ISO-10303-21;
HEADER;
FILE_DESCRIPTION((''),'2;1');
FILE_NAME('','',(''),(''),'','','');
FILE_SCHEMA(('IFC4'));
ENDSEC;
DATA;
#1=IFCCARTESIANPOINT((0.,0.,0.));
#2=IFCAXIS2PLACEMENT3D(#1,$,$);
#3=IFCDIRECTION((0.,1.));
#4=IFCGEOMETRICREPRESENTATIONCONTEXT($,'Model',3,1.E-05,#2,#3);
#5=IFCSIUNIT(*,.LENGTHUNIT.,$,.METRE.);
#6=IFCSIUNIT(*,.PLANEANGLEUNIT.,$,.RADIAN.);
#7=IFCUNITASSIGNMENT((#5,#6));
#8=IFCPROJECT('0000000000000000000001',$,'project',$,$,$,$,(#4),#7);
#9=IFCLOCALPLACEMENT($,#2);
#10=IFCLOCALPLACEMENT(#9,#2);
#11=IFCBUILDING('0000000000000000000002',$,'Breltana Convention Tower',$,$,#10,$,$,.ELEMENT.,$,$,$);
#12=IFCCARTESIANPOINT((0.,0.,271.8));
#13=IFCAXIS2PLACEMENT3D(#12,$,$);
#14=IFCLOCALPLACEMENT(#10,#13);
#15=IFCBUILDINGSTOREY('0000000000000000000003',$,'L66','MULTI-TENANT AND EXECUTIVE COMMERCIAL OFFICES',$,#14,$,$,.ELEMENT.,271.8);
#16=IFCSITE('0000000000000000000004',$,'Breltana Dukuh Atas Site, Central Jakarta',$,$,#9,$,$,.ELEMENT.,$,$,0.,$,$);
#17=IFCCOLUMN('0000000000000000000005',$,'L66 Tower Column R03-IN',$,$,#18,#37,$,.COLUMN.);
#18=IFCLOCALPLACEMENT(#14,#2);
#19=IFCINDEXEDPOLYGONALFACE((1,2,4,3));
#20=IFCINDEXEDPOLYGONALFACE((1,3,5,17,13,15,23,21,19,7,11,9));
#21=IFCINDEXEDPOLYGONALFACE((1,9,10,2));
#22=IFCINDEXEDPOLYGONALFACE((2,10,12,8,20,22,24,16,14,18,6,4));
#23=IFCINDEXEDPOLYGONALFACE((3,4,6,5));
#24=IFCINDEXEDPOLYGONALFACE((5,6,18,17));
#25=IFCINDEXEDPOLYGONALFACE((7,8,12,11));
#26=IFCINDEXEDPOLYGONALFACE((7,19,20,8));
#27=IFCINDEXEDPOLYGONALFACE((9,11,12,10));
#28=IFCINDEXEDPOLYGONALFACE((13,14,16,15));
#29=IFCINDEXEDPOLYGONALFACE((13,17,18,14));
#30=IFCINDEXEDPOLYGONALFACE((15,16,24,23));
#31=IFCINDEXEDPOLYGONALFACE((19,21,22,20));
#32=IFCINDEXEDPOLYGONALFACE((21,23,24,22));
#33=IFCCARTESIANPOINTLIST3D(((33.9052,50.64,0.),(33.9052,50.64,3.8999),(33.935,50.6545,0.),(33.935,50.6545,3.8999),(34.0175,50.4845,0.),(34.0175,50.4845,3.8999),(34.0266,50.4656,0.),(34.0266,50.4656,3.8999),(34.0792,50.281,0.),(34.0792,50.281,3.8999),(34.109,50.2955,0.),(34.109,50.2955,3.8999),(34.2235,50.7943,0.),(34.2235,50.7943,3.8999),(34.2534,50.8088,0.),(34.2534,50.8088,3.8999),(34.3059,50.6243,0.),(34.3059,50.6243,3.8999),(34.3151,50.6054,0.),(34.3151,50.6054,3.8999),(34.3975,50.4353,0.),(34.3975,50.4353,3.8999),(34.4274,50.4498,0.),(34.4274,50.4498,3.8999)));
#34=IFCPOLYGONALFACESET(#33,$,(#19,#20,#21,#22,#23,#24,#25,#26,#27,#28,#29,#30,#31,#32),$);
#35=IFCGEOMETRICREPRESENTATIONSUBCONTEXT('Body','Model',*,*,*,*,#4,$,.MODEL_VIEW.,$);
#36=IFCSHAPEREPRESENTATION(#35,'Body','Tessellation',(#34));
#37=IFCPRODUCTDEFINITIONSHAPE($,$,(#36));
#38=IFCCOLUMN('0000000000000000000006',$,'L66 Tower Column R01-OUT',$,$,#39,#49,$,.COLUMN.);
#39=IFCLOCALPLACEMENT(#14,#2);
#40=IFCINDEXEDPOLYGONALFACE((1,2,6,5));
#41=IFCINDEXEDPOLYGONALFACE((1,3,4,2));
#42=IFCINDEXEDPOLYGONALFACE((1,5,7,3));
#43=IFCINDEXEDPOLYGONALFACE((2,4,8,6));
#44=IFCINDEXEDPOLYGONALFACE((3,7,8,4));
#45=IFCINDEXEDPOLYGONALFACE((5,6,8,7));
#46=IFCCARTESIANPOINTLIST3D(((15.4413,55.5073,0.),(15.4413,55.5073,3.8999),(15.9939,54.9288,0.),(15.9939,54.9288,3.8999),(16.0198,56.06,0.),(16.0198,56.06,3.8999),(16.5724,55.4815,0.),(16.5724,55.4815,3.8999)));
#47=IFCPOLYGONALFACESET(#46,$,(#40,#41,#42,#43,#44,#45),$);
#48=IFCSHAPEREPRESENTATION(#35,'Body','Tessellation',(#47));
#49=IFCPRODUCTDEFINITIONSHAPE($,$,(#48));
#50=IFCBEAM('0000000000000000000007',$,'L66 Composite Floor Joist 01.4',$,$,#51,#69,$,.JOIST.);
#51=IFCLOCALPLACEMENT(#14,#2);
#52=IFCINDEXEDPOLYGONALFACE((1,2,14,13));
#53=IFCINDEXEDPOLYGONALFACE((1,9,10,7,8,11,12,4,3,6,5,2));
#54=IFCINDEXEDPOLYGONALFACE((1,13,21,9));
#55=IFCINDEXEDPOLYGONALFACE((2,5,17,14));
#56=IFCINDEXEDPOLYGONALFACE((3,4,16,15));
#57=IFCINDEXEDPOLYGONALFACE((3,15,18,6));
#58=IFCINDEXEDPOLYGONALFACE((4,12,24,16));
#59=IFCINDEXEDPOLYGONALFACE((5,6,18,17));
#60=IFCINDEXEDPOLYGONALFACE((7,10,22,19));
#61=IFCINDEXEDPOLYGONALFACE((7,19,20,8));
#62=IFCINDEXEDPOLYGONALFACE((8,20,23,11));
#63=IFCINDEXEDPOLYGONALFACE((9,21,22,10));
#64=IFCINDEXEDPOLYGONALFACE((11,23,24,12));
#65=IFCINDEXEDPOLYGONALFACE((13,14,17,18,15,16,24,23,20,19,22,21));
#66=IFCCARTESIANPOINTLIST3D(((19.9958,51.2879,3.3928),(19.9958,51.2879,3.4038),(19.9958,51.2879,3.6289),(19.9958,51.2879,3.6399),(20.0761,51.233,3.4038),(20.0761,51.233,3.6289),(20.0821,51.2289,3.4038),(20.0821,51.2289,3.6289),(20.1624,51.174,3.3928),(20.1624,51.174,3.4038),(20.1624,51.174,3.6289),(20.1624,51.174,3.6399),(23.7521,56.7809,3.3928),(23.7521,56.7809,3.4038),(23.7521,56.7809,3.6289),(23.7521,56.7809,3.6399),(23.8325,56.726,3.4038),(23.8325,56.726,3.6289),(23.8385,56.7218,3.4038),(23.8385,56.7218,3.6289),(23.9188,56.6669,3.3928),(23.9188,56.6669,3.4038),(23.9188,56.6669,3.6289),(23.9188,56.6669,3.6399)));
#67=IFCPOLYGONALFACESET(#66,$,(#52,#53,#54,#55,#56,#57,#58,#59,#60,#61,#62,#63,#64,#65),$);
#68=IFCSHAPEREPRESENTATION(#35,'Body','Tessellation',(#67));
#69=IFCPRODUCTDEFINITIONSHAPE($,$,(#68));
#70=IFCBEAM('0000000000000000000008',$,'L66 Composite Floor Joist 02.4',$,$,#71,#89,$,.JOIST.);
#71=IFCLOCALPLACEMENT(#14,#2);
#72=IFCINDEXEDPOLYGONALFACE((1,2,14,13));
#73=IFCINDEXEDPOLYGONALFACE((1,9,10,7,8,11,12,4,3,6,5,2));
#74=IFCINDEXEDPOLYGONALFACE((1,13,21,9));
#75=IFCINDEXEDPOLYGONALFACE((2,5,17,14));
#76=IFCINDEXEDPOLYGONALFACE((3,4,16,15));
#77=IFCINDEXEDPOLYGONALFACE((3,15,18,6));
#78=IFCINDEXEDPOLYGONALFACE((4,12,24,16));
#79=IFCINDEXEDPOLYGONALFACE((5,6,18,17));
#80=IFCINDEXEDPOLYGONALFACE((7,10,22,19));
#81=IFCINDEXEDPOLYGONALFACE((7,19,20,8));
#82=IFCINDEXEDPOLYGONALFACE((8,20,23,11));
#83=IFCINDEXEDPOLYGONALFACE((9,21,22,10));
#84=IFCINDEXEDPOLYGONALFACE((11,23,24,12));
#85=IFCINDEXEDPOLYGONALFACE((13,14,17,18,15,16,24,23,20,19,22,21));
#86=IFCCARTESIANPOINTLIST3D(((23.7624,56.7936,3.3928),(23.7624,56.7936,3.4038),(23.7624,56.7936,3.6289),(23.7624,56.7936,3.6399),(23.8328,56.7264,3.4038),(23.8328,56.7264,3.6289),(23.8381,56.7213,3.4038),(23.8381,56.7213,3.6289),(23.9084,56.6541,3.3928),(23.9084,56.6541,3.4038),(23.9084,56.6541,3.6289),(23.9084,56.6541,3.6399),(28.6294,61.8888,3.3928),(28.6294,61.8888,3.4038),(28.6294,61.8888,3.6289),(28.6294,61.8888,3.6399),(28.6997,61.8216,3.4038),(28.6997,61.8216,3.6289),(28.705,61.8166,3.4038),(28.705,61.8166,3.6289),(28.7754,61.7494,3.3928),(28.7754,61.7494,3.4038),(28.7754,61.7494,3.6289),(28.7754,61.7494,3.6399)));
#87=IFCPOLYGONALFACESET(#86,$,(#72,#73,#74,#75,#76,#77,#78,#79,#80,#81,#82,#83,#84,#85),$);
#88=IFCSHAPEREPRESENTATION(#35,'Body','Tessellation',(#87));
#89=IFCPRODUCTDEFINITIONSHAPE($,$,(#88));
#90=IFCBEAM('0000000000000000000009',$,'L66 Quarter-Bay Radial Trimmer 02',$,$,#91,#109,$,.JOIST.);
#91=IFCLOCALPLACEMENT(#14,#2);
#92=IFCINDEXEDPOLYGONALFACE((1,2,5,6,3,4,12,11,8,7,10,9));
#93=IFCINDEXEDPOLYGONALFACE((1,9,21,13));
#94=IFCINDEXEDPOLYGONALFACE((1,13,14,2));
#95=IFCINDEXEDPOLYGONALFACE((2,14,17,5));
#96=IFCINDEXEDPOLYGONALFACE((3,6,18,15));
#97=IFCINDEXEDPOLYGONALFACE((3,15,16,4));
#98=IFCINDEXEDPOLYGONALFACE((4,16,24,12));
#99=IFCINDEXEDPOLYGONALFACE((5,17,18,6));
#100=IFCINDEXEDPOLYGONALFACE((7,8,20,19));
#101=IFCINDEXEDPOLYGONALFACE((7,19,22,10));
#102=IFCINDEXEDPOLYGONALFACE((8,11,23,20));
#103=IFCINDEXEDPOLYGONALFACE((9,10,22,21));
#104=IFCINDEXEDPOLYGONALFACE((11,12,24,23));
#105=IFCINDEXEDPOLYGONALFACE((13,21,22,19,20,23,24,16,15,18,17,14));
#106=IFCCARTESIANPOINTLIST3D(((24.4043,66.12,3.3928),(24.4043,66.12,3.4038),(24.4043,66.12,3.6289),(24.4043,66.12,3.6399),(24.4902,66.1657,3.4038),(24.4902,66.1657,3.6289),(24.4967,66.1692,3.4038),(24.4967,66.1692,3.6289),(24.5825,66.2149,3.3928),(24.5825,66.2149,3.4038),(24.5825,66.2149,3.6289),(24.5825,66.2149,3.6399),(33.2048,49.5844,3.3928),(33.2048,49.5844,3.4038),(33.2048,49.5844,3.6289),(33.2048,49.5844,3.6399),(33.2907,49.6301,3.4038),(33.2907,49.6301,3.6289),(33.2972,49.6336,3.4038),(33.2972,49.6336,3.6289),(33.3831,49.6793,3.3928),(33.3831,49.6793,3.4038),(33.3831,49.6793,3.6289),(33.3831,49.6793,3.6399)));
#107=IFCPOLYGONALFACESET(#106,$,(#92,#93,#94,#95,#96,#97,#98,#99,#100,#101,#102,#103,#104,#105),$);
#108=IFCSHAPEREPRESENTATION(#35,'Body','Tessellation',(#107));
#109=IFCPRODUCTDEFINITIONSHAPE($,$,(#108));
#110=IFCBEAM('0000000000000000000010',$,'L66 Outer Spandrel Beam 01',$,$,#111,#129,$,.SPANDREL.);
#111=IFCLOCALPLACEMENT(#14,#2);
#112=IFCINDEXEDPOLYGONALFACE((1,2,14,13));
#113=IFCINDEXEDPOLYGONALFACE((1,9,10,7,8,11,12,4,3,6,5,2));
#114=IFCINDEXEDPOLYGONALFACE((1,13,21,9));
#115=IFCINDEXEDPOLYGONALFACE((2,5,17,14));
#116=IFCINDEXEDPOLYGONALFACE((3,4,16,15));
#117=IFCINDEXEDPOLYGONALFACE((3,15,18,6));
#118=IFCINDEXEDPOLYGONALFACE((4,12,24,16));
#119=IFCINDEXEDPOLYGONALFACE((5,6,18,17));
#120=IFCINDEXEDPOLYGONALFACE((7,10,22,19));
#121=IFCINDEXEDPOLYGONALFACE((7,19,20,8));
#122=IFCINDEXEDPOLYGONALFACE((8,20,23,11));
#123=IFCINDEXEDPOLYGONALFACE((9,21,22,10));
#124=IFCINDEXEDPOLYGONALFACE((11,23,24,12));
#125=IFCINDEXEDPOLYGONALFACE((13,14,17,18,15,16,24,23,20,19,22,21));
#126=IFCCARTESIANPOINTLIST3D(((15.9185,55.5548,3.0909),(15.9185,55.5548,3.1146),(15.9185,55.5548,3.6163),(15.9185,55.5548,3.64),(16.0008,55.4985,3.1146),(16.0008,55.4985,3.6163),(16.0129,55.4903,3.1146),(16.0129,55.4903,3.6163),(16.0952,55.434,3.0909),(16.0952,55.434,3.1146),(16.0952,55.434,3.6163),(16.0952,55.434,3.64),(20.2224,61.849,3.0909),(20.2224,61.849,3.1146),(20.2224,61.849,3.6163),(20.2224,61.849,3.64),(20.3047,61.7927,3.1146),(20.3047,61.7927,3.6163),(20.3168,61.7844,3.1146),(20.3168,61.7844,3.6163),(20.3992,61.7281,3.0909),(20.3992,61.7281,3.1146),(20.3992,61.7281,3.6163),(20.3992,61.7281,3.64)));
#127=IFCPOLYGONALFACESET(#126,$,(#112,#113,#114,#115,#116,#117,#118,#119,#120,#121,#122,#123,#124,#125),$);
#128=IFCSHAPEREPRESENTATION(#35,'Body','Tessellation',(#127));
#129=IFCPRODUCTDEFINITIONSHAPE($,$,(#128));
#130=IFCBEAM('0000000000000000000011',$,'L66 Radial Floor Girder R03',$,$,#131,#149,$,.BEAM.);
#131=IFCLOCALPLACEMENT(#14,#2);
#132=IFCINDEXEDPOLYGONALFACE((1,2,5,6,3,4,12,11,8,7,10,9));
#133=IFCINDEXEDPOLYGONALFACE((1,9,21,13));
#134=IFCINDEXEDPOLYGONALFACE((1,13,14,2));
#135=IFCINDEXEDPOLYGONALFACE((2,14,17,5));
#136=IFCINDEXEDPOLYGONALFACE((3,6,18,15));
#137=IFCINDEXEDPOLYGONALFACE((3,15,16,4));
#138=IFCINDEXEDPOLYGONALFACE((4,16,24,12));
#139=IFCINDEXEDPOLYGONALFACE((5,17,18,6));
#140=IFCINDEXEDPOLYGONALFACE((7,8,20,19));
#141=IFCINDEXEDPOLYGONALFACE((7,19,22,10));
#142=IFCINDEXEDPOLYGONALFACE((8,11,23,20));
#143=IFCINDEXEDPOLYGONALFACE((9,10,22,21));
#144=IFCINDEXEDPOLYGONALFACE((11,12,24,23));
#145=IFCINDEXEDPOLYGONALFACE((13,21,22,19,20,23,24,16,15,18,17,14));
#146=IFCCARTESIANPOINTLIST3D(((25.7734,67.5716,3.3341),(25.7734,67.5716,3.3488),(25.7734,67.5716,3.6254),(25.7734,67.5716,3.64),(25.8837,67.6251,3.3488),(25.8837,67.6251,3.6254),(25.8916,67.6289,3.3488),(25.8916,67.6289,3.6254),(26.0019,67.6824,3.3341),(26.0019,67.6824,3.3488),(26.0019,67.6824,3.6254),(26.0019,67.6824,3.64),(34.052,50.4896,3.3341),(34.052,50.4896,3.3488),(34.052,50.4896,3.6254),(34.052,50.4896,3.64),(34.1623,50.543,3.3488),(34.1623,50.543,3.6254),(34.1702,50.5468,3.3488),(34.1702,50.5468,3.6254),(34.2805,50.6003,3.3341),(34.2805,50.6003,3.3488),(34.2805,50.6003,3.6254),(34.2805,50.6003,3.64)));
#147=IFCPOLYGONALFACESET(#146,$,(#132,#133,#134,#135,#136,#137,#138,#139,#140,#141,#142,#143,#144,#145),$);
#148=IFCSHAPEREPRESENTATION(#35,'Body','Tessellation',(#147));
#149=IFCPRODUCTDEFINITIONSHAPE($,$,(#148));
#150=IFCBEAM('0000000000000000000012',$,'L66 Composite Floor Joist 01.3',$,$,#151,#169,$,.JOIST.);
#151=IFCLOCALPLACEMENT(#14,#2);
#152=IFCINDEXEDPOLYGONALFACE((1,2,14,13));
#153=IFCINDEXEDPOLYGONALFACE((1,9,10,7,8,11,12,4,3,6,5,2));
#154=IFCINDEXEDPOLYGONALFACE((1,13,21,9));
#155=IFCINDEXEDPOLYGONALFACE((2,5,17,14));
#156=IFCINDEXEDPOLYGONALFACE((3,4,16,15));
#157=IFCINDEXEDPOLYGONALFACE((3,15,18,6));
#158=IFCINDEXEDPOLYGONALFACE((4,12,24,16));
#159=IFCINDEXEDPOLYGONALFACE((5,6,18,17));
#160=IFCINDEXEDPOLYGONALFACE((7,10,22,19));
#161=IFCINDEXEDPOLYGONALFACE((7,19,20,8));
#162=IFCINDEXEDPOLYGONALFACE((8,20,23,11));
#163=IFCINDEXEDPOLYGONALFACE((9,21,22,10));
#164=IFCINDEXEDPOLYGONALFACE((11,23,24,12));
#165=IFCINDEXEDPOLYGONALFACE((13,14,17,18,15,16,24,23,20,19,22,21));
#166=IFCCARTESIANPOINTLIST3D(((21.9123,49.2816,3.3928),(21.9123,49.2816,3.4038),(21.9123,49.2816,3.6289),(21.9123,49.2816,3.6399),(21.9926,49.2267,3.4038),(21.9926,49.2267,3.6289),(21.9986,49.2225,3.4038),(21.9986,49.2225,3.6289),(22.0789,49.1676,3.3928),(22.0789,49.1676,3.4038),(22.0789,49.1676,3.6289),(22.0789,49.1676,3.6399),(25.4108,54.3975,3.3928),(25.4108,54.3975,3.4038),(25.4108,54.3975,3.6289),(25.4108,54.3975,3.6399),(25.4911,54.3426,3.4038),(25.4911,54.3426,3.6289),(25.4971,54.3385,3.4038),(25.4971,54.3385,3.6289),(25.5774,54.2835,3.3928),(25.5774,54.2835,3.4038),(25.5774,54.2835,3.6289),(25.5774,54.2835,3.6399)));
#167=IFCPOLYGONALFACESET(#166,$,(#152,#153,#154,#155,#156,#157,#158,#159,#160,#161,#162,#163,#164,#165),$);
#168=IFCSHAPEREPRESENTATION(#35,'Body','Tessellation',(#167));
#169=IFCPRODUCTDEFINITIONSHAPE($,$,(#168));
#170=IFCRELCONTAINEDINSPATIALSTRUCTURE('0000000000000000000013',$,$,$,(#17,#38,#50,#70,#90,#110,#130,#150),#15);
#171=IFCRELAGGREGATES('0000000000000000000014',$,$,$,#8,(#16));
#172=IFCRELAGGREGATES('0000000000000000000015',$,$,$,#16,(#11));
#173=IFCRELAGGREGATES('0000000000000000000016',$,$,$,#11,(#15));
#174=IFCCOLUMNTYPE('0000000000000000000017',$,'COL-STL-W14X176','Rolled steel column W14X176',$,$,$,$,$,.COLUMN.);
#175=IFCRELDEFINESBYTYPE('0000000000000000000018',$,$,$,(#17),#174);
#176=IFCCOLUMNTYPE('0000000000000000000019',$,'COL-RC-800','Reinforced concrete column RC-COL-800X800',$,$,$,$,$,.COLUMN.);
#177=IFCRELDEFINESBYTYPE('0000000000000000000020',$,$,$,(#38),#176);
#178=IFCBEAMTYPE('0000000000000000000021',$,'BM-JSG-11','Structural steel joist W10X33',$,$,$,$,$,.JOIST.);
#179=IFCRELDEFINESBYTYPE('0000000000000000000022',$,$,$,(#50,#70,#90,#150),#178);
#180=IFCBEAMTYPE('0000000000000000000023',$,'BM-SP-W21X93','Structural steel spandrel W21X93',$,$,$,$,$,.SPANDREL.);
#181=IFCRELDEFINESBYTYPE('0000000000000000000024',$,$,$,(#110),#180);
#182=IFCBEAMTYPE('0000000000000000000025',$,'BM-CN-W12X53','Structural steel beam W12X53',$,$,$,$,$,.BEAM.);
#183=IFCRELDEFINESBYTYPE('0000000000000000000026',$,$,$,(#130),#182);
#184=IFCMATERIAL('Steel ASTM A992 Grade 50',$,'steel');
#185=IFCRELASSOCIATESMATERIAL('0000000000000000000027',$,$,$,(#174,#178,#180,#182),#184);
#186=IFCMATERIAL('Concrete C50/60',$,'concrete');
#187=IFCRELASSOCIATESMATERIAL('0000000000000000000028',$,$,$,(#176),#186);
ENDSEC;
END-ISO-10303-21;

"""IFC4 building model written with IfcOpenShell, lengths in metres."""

from ifc_helpers import new_model, si_unit, direction, frame, origin, origin_2d, place, context, subcontext, project, spatial, rectangle, i_section, extrude, source, transform, mapped, material, material_profile, profile_set, type_object, type_shapes, element, save


model = new_model("IFC4")

# Units and contexts
model_context = context("Model", 3, precision=1e-05, world=origin(), true_north=direction((0.0, 1.0)))
body_context = subcontext(model_context, "Body", "Model", "MODEL_VIEW")
ifc_project = project(units=[si_unit("LENGTHUNIT", "METRE"), si_unit("PLANEANGLEUNIT", "RADIAN")], contexts=[model_context])

# Site, building, storey
site_placement = place(None, origin())
site = spatial("IfcSite", under=ifc_project, at=site_placement, Name="Breltana Dukuh Atas Site, Central Jakarta", CompositionType="ELEMENT", RefElevation=0.0)
building_placement = place(site_placement, origin())
building = spatial("IfcBuilding", under=site, at=building_placement, Name="Breltana Convention Tower", CompositionType="ELEMENT")
storey_placement = place(building_placement, frame((0.0, 0.0, 271.8)))
storey = spatial("IfcBuildingStorey", under=building, at=storey_placement, Name="L66", Description="MULTI-TENANT AND EXECUTIVE COMMERCIAL OFFICES", CompositionType="ELEMENT", Elevation=271.8)

# Columns
ifc_material_1 = material(Name="Steel ASTM A992 Grade 50", Category="steel")
ifc_material_profile_1 = material_profile(ifc_material_1, i_section(OverallWidth=0.3989, OverallDepth=0.387, WebThickness=0.021, FlangeThickness=0.0332, at=origin_2d()), Name="W14X176")
ifc_profile_set_1 = profile_set([ifc_material_profile_1], Name="Steel ASTM A992 Grade 50")
column_type_1 = type_object("IfcColumnType", Name="COL-STL-W14X176", Description="Rolled steel column W14X176", PredefinedType="COLUMN", material=ifc_profile_set_1)
shared_shape_1 = source(origin(), body_context, "Body", "SweptSolid", [
    extrude(i_section(OverallWidth=0.3989, OverallDepth=0.387, WebThickness=0.021, FlangeThickness=0.0332, at=origin_2d()), origin(), (0.0, 0.0, 1.0), 3.8999),
])
type_shapes(column_type_1, [shared_shape_1])
column_1_placement = place(storey_placement, frame((34.1663, 50.5449, 0.0), z_axis=(0.0, 0.0, 1.0), x_axis=(-0.436174, 0.899863, 0.0)))
element("IfcColumn", 1, at=column_1_placement, inside=storey, type_object=column_type_1, Name="L66 Tower Column R03-IN", PredefinedType="COLUMN", context=body_context, shape_type="MappedRepresentation", body=[
    mapped(shared_shape_1, transform((0.0, 0.0, 0.0), scale=1.0)),
])
ifc_material_2 = material(Name="Concrete C50/60", Category="concrete")
ifc_material_profile_2 = material_profile(ifc_material_2, rectangle(XDim=0.8, YDim=0.8, at=origin_2d()), Name="RC-COL-800X800")
ifc_profile_set_2 = profile_set([ifc_material_profile_2], Name="Concrete C50/60")
column_type_2 = type_object("IfcColumnType", Name="COL-RC-800", Description="Reinforced concrete column RC-COL-800X800", PredefinedType="COLUMN", material=ifc_profile_set_2)
shared_shape_2 = source(origin(), body_context, "Body", "SweptSolid", [
    extrude(rectangle(XDim=0.8, YDim=0.8, at=origin_2d()), origin(), (0.0, 0.0, 1.0), 3.8999),
])
column_2_placement = place(storey_placement, frame((16.0068, 55.4944, 0.0), z_axis=(0.0, 0.0, 1.0), x_axis=(-0.690756, 0.723088, 0.0)))
element("IfcColumn", 2, at=column_2_placement, inside=storey, type_object=column_type_2, Name="L66 Tower Column R01-OUT", PredefinedType="COLUMN", context=body_context, shape_type="MappedRepresentation", body=[
    mapped(shared_shape_2, transform((0.0, 0.0, 0.0), scale=1.0)),
])

# Beams
ifc_material_profile_3 = material_profile(ifc_material_1, i_section(OverallWidth=0.2019, OverallDepth=0.2471, WebThickness=0.0073, FlangeThickness=0.011, at=origin_2d()), Name="W10X33")
ifc_profile_set_3 = profile_set([ifc_material_profile_3], Name="Steel ASTM A992 Grade 50")
beam_type_1 = type_object("IfcBeamType", Name="BM-JSG-11", Description="Structural steel joist W10X33", PredefinedType="JOIST", material=ifc_profile_set_3)
shared_shape_3 = source(origin(), body_context, "Body", "SweptSolid", [
    extrude(i_section(OverallWidth=0.2019, OverallDepth=0.2471, WebThickness=0.0073, FlangeThickness=0.011, at=origin_2d()), origin(), (0.0, 0.0, 1.0), 6.6545),
])
beam_1_placement = place(storey_placement, frame((20.0791, 51.231, 3.5164), z_axis=(0.564483, 0.825445, 0.0), x_axis=(-0.825445, 0.564483, 0.0)))
element("IfcBeam", 3, at=beam_1_placement, inside=storey, type_object=beam_type_1, Name="L66 Composite Floor Joist 01.4", PredefinedType="JOIST", context=body_context, shape_type="MappedRepresentation", body=[
    mapped(shared_shape_3, transform((0.0, 0.0, 0.0), scale=1.0)),
])
shared_shape_4 = source(origin(), body_context, "Body", "SweptSolid", [
    extrude(i_section(OverallWidth=0.2019, OverallDepth=0.2471, WebThickness=0.0073, FlangeThickness=0.011, at=origin_2d()), origin(), (0.0, 0.0, 1.0), 7.0461),
])
beam_2_placement = place(storey_placement, frame((23.8354, 56.7239, 3.5164), z_axis=(0.690723, 0.72312, 0.0), x_axis=(-0.72312, 0.690723, 0.0)))
element("IfcBeam", 4, at=beam_2_placement, inside=storey, type_object=beam_type_1, Name="L66 Composite Floor Joist 02.4", PredefinedType="JOIST", context=body_context, shape_type="MappedRepresentation", body=[
    mapped(shared_shape_4, transform((0.0, 0.0, 0.0), scale=1.0)),
])
shared_shape_5 = source(origin(), body_context, "Body", "SweptSolid", [
    extrude(i_section(OverallWidth=0.2019, OverallDepth=0.2471, WebThickness=0.0073, FlangeThickness=0.011, at=origin_2d()), origin(), (0.0, 0.0, 1.0), 18.7317),
])
beam_3_placement = place(storey_placement, frame((33.2939, 49.6318, 3.5164), z_axis=(-0.46982, 0.882762, 0.0), x_axis=(-0.882762, -0.46982, 0.0)))
element("IfcBeam", 5, at=beam_3_placement, inside=storey, type_object=beam_type_1, Name="L66 Quarter-Bay Radial Trimmer 02", PredefinedType="JOIST", context=body_context, shape_type="MappedRepresentation", body=[
    mapped(shared_shape_5, transform((0.0, 0.0, 0.0), scale=1.0)),
])
ifc_material_profile_4 = material_profile(ifc_material_1, i_section(OverallWidth=0.2141, OverallDepth=0.5491, WebThickness=0.0146, FlangeThickness=0.0237, at=origin_2d()), Name="W21X93")
ifc_profile_set_4 = profile_set([ifc_material_profile_4], Name="Steel ASTM A992 Grade 50")
beam_type_2 = type_object("IfcBeamType", Name="BM-SP-W21X93", Description="Structural steel spandrel W21X93", PredefinedType="SPANDREL", material=ifc_profile_set_4)
shared_shape_6 = source(origin(), body_context, "Body", "SweptSolid", [
    extrude(i_section(OverallWidth=0.2141, OverallDepth=0.5491, WebThickness=0.0146, FlangeThickness=0.0237, at=origin_2d()), origin(), (0.0, 0.0, 1.0), 7.625),
])
type_shapes(beam_type_2, [shared_shape_6])
beam_4_placement = place(storey_placement, frame((16.0068, 55.4944, 3.3655), z_axis=(0.564452, 0.825466, 0.0), x_axis=(-0.825466, 0.564452, 0.0)))
element("IfcBeam", 6, at=beam_4_placement, inside=storey, type_object=beam_type_2, Name="L66 Outer Spandrel Beam 01", PredefinedType="SPANDREL", context=body_context, shape_type="MappedRepresentation", body=[
    mapped(shared_shape_6, transform((0.0, 0.0, 0.0), scale=1.0)),
])
ifc_material_profile_5 = material_profile(ifc_material_1, i_section(OverallWidth=0.2539, OverallDepth=0.3059, WebThickness=0.0088, FlangeThickness=0.0146, at=origin_2d()), Name="W12X53")
ifc_profile_set_5 = profile_set([ifc_material_profile_5], Name="Steel ASTM A992 Grade 50")
beam_type_3 = type_object("IfcBeamType", Name="BM-CN-W12X53", Description="Structural steel beam W12X53", PredefinedType="BEAM", material=ifc_profile_set_5)
shared_shape_7 = source(origin(), body_context, "Body", "SweptSolid", [
    extrude(i_section(OverallWidth=0.2539, OverallDepth=0.3059, WebThickness=0.0088, FlangeThickness=0.0146, at=origin_2d()), origin(), (0.0, 0.0, 1.0), 18.9824),
])
beam_5_placement = place(storey_placement, frame((34.1663, 50.5449, 3.4871), z_axis=(-0.436119, 0.899889, 0.0), x_axis=(-0.899889, -0.436119, 0.0)))
element("IfcBeam", 7, at=beam_5_placement, inside=storey, type_object=beam_type_3, Name="L66 Radial Floor Girder R03", PredefinedType="BEAM", context=body_context, shape_type="MappedRepresentation", body=[
    mapped(shared_shape_7, transform((0.0, 0.0, 0.0), scale=1.0)),
])
shared_shape_8 = source(origin(), body_context, "Body", "SweptSolid", [
    extrude(i_section(OverallWidth=0.2019, OverallDepth=0.2471, WebThickness=0.0073, FlangeThickness=0.011, at=origin_2d()), origin(), (0.0, 0.0, 1.0), 6.1978),
])
beam_6_placement = place(storey_placement, frame((21.9956, 49.2246, 3.5164), z_axis=(0.564479, 0.825447, 0.0), x_axis=(-0.825447, 0.564479, 0.0)))
element("IfcBeam", 8, at=beam_6_placement, inside=storey, type_object=beam_type_1, Name="L66 Composite Floor Joist 01.3", PredefinedType="JOIST", context=body_context, shape_type="MappedRepresentation", body=[
    mapped(shared_shape_8, transform((0.0, 0.0, 0.0), scale=1.0)),
])

save(model, "model.ifc")
